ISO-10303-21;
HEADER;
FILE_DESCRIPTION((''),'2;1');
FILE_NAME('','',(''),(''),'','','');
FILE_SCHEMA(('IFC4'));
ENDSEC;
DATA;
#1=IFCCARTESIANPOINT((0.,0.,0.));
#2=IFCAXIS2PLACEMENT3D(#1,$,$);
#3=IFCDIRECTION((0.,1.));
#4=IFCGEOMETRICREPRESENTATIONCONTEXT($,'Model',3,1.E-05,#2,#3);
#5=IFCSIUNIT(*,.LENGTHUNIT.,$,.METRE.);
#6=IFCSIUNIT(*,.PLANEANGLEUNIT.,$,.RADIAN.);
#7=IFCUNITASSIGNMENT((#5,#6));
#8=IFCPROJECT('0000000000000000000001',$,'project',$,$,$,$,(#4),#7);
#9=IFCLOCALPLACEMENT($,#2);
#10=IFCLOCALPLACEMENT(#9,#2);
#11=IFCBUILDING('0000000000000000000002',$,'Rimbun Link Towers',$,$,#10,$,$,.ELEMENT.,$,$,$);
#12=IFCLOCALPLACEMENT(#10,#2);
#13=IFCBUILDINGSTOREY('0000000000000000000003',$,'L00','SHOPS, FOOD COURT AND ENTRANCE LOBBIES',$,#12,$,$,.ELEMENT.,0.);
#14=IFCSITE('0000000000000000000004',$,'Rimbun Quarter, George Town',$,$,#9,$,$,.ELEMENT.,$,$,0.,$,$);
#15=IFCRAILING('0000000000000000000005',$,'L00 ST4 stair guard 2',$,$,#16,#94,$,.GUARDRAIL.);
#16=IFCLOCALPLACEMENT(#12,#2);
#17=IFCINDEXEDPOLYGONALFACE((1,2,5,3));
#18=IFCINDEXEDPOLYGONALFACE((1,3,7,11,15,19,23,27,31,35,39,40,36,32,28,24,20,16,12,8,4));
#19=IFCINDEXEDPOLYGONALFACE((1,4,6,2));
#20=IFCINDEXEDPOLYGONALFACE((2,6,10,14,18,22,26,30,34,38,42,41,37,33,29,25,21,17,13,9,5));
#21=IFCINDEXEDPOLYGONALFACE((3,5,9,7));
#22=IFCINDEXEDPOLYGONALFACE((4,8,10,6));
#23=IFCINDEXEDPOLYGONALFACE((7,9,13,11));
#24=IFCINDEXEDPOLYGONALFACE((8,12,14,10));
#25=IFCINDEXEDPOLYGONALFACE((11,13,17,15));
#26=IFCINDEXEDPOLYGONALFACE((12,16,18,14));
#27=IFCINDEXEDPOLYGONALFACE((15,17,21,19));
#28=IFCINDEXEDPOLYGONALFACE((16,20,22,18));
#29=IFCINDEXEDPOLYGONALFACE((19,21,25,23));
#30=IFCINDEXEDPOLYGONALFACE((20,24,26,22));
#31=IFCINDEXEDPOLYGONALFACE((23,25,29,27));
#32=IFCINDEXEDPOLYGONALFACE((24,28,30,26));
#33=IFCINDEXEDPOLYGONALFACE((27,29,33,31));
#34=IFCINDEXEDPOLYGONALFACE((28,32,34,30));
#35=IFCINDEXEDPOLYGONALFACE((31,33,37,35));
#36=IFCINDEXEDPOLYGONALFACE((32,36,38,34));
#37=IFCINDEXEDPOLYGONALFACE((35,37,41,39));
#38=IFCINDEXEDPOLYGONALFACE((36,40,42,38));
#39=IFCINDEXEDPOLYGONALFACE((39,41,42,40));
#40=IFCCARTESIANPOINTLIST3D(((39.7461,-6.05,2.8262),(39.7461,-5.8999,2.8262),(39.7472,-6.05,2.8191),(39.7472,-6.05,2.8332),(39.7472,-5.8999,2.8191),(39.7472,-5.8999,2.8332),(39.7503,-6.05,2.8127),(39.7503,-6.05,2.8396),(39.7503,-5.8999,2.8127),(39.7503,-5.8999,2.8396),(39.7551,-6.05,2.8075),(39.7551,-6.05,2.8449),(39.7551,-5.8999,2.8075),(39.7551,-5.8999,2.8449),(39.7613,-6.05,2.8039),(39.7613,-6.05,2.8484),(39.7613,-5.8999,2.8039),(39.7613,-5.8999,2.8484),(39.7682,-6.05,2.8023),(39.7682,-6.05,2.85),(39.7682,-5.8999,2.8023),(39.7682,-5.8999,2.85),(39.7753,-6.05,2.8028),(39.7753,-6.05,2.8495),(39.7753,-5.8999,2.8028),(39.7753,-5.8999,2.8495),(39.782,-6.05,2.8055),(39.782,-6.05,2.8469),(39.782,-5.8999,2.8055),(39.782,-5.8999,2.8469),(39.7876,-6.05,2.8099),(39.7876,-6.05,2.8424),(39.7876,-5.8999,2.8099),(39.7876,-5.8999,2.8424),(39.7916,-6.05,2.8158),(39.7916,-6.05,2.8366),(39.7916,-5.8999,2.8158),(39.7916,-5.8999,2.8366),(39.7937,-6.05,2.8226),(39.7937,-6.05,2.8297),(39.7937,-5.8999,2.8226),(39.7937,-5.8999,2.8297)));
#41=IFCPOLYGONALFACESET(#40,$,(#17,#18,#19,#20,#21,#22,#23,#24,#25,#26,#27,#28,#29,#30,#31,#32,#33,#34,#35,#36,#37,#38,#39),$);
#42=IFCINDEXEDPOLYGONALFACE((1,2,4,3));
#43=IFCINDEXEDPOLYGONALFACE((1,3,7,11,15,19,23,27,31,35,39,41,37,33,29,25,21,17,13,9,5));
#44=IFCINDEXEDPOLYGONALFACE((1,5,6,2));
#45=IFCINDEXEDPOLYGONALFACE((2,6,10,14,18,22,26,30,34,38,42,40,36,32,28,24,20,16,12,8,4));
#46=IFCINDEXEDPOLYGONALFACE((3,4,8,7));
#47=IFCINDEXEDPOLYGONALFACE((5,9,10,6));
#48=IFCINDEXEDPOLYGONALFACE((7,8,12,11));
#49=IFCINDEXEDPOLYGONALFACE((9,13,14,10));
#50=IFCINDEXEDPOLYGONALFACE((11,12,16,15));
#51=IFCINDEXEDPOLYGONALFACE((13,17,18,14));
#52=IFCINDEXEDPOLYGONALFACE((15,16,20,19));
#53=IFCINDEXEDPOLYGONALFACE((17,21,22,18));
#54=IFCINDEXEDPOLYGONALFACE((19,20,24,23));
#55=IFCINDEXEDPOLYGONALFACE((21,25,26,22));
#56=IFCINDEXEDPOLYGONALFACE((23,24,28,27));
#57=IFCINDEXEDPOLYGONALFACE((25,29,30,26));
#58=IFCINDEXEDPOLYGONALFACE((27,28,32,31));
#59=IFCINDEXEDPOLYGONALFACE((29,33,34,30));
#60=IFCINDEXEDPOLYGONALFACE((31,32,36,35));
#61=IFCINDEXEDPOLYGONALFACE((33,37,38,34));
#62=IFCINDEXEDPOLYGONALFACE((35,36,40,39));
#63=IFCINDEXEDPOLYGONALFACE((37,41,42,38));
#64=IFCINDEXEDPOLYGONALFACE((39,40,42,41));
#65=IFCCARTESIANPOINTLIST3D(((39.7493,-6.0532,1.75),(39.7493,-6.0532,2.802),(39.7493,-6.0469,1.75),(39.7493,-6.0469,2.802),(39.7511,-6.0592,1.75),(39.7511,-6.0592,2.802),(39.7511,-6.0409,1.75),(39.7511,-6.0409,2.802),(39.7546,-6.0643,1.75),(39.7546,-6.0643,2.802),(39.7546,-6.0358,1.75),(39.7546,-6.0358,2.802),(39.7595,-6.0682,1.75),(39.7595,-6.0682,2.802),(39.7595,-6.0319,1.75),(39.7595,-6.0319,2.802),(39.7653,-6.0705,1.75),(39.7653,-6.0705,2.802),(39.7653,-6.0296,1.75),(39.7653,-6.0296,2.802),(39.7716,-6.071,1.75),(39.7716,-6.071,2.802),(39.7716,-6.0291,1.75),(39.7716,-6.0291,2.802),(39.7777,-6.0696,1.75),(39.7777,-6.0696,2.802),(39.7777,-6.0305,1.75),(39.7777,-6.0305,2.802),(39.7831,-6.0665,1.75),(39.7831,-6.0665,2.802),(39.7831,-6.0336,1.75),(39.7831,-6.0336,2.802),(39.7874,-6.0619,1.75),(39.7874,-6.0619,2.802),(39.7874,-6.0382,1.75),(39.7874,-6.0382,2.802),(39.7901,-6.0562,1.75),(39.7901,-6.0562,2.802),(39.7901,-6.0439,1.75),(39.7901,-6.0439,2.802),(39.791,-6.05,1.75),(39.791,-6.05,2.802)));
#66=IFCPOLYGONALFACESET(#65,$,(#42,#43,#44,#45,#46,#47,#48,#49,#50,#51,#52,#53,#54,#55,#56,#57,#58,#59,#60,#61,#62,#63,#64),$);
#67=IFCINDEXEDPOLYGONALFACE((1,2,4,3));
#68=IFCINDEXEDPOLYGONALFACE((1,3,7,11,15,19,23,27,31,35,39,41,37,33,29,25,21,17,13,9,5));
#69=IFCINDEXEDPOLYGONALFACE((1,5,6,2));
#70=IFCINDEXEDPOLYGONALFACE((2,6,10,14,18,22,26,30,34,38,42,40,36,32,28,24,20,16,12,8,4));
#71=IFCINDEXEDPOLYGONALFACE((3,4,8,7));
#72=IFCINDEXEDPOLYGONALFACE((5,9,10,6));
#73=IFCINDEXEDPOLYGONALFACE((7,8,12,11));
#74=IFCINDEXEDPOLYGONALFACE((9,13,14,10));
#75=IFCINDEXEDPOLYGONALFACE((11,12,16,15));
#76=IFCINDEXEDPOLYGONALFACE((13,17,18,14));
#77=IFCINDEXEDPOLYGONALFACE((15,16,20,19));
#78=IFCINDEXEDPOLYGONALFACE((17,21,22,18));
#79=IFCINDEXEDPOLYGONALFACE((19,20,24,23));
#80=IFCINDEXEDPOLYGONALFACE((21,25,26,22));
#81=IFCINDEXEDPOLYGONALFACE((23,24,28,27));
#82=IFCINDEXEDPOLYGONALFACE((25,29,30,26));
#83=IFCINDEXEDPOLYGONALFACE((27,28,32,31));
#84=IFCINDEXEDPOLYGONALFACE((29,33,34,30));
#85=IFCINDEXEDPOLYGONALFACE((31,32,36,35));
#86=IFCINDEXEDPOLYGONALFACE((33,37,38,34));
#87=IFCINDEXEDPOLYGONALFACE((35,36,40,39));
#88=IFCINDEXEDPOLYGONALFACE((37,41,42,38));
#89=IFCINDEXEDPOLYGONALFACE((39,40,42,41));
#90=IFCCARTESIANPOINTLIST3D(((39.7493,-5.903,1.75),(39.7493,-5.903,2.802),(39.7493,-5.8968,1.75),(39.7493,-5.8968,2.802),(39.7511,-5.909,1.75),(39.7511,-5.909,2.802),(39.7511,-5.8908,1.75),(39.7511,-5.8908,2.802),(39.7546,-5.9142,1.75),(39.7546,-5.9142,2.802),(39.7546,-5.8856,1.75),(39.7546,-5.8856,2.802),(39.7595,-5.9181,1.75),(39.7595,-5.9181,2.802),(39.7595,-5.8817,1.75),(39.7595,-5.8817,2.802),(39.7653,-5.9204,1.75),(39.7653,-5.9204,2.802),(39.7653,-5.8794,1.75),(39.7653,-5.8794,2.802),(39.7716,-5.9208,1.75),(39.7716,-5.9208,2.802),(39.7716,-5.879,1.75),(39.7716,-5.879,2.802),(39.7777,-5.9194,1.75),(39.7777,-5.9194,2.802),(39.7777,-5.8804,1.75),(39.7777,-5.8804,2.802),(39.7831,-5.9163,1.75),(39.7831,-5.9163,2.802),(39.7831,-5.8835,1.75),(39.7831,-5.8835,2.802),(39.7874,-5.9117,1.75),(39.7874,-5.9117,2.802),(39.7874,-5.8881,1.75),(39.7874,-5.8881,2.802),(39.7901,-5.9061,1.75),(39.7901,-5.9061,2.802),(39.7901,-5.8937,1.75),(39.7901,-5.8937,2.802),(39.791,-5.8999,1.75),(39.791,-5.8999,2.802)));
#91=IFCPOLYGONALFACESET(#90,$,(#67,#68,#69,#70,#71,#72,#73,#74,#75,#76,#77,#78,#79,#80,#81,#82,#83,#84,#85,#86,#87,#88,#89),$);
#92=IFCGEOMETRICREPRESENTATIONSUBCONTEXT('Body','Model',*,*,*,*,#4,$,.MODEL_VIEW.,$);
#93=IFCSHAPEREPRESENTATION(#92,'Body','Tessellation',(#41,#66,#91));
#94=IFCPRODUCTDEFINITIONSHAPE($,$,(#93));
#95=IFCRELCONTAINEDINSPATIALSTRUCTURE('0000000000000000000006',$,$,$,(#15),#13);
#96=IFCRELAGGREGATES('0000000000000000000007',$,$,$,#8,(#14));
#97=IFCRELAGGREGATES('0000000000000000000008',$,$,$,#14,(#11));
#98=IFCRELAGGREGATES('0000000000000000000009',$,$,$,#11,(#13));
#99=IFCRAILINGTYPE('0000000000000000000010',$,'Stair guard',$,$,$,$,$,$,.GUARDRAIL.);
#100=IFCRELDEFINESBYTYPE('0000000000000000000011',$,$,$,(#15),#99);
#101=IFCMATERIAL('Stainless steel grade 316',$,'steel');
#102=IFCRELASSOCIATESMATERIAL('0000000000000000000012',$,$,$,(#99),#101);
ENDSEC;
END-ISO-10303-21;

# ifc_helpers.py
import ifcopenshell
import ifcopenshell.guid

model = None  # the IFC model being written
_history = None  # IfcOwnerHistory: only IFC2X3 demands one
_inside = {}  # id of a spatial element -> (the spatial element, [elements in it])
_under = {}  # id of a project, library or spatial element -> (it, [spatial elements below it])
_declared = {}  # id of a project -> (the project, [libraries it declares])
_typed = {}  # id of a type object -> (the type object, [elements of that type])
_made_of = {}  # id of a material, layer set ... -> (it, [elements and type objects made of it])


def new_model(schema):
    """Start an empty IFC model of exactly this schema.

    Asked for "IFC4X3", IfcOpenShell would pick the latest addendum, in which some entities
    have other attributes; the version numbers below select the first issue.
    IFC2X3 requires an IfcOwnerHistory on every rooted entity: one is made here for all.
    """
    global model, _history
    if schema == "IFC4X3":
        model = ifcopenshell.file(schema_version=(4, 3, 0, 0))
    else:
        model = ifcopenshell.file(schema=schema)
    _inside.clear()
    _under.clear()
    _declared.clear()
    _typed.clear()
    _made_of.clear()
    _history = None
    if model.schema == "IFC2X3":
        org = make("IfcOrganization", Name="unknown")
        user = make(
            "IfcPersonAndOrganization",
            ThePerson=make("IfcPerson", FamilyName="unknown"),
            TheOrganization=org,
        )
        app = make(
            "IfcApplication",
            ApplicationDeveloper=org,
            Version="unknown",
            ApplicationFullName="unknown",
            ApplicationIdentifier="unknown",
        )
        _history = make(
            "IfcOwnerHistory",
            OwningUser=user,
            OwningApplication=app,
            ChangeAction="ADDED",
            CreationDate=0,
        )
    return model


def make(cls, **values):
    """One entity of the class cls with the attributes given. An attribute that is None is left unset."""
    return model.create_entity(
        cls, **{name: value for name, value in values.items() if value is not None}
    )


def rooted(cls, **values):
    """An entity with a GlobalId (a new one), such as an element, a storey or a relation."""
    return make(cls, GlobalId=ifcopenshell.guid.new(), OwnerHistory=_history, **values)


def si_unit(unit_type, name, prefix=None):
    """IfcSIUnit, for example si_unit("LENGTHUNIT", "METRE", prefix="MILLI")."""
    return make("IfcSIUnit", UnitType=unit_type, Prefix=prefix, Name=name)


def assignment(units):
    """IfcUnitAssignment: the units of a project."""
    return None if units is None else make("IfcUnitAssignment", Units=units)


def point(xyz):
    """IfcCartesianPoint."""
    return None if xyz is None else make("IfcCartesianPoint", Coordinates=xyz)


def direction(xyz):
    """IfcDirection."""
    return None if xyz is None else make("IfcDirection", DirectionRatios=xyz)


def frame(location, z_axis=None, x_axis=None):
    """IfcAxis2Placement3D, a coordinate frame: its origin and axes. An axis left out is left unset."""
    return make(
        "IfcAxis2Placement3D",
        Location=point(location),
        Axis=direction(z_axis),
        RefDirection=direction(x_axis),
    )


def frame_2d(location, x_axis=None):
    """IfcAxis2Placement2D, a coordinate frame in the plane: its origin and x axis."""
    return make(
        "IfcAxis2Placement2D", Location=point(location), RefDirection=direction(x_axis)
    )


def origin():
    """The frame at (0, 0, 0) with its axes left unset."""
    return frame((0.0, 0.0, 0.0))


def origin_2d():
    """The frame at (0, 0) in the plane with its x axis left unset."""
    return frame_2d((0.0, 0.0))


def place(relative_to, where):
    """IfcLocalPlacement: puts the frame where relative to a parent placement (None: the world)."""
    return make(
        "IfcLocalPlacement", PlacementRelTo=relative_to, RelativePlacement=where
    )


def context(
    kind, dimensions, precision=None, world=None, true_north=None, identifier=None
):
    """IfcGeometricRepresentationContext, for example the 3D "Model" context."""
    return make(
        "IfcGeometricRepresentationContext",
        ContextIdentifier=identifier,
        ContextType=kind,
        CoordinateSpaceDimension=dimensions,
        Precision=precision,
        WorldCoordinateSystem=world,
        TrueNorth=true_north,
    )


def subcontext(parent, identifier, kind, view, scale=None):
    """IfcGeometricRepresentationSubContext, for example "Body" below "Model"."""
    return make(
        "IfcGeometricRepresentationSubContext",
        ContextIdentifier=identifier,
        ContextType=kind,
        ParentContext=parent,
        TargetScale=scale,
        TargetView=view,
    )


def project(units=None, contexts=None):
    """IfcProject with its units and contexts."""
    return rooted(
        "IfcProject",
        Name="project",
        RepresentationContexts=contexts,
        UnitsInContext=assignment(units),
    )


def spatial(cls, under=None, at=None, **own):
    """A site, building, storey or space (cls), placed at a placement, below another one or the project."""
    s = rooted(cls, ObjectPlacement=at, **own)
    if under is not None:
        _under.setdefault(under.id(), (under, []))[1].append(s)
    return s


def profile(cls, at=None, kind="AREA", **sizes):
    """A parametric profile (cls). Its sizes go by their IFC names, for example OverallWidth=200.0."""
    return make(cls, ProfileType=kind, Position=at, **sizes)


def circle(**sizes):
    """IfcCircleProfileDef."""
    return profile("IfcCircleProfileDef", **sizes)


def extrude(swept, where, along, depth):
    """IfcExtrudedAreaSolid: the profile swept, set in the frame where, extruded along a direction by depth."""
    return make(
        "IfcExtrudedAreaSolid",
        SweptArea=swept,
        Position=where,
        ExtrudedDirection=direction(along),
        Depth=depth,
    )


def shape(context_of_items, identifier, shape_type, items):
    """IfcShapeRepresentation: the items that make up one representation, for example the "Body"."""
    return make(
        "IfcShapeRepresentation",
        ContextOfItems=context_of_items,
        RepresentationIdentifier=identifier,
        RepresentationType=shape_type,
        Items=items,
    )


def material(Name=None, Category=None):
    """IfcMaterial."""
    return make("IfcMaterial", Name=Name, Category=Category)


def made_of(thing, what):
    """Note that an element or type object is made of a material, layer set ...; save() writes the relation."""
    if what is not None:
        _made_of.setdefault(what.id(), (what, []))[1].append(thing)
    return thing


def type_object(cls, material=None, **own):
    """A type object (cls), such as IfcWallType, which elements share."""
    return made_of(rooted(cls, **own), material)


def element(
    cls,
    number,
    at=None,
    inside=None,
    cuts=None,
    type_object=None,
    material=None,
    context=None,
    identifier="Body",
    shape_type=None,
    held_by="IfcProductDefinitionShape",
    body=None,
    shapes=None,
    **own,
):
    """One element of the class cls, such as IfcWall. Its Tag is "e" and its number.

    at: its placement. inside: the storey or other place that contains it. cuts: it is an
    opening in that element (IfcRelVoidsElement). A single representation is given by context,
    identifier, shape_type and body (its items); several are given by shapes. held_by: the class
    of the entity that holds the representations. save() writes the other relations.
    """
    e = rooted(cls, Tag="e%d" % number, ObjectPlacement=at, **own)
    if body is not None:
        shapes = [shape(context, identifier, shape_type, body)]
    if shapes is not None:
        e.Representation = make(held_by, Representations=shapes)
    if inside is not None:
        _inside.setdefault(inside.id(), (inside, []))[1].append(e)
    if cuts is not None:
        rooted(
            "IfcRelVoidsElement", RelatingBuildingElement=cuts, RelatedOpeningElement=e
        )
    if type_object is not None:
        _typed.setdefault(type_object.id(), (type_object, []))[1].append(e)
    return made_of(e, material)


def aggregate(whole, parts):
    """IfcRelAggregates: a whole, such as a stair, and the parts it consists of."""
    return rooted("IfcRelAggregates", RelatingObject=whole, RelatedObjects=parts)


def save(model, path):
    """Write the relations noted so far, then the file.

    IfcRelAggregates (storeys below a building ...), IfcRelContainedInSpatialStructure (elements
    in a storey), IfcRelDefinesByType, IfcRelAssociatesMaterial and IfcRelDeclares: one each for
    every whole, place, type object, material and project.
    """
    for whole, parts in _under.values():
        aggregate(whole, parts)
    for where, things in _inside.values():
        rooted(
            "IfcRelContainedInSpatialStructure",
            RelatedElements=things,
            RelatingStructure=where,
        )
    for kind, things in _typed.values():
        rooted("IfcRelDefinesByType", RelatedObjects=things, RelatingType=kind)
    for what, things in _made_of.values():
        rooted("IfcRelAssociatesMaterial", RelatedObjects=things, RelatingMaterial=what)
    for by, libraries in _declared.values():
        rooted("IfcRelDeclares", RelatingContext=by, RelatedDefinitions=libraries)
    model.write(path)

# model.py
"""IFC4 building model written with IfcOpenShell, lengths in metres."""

from ifc_helpers import new_model, si_unit, direction, frame, origin, origin_2d, place, context, subcontext, project, spatial, circle, extrude, material, type_object, element, save


model = new_model("IFC4")

# Units and contexts
model_context = context("Model", 3, precision=1e-05, world=origin(), true_north=direction((0.0, 1.0)))
body_context = subcontext(model_context, "Body", "Model", "MODEL_VIEW")
ifc_project = project(units=[si_unit("LENGTHUNIT", "METRE"), si_unit("PLANEANGLEUNIT", "RADIAN")], contexts=[model_context])

# Site, building, storey
site_placement = place(None, origin())
site = spatial("IfcSite", under=ifc_project, at=site_placement, Name="Rimbun Quarter, George Town", CompositionType="ELEMENT", RefElevation=0.0)
building_placement = place(site_placement, origin())
building = spatial("IfcBuilding", under=site, at=building_placement, Name="Rimbun Link Towers", CompositionType="ELEMENT")
storey_placement = place(building_placement, origin())
storey = spatial("IfcBuildingStorey", under=building, at=storey_placement, Name="L00", Description="SHOPS, FOOD COURT AND ENTRANCE LOBBIES", CompositionType="ELEMENT", Elevation=0.0)

# Railing
ifc_material_1 = material(Name="Stainless steel grade 316", Category="steel")
railing_type_1 = type_object("IfcRailingType", Name="Stair guard", PredefinedType="GUARDRAIL", material=ifc_material_1)
railing_1_placement = place(storey_placement, frame((39.77, -6.05, 1.75)))
element("IfcRailing", 1, at=railing_1_placement, inside=storey, type_object=railing_type_1, Name="L00 ST4 stair guard 2", PredefinedType="GUARDRAIL", context=body_context, shape_type="SweptSolid", body=[
    extrude(circle(Radius=0.0239, at=origin_2d()), frame((0.0, 0.0, 1.0762), z_axis=(0.0, 1.0, 0.0), x_axis=(-1.0, 0.0, 0.0)), (0.0, 0.0, 1.0), 0.1501),
    extrude(circle(Radius=0.021, at=origin_2d()), origin(), (0.0, 0.0, 1.0), 1.052),
    extrude(circle(Radius=0.021, at=origin_2d()), frame((0.0, 0.1501, 0.0)), (0.0, 0.0, 1.0), 1.052),
])

save(model, "model.ifc")
